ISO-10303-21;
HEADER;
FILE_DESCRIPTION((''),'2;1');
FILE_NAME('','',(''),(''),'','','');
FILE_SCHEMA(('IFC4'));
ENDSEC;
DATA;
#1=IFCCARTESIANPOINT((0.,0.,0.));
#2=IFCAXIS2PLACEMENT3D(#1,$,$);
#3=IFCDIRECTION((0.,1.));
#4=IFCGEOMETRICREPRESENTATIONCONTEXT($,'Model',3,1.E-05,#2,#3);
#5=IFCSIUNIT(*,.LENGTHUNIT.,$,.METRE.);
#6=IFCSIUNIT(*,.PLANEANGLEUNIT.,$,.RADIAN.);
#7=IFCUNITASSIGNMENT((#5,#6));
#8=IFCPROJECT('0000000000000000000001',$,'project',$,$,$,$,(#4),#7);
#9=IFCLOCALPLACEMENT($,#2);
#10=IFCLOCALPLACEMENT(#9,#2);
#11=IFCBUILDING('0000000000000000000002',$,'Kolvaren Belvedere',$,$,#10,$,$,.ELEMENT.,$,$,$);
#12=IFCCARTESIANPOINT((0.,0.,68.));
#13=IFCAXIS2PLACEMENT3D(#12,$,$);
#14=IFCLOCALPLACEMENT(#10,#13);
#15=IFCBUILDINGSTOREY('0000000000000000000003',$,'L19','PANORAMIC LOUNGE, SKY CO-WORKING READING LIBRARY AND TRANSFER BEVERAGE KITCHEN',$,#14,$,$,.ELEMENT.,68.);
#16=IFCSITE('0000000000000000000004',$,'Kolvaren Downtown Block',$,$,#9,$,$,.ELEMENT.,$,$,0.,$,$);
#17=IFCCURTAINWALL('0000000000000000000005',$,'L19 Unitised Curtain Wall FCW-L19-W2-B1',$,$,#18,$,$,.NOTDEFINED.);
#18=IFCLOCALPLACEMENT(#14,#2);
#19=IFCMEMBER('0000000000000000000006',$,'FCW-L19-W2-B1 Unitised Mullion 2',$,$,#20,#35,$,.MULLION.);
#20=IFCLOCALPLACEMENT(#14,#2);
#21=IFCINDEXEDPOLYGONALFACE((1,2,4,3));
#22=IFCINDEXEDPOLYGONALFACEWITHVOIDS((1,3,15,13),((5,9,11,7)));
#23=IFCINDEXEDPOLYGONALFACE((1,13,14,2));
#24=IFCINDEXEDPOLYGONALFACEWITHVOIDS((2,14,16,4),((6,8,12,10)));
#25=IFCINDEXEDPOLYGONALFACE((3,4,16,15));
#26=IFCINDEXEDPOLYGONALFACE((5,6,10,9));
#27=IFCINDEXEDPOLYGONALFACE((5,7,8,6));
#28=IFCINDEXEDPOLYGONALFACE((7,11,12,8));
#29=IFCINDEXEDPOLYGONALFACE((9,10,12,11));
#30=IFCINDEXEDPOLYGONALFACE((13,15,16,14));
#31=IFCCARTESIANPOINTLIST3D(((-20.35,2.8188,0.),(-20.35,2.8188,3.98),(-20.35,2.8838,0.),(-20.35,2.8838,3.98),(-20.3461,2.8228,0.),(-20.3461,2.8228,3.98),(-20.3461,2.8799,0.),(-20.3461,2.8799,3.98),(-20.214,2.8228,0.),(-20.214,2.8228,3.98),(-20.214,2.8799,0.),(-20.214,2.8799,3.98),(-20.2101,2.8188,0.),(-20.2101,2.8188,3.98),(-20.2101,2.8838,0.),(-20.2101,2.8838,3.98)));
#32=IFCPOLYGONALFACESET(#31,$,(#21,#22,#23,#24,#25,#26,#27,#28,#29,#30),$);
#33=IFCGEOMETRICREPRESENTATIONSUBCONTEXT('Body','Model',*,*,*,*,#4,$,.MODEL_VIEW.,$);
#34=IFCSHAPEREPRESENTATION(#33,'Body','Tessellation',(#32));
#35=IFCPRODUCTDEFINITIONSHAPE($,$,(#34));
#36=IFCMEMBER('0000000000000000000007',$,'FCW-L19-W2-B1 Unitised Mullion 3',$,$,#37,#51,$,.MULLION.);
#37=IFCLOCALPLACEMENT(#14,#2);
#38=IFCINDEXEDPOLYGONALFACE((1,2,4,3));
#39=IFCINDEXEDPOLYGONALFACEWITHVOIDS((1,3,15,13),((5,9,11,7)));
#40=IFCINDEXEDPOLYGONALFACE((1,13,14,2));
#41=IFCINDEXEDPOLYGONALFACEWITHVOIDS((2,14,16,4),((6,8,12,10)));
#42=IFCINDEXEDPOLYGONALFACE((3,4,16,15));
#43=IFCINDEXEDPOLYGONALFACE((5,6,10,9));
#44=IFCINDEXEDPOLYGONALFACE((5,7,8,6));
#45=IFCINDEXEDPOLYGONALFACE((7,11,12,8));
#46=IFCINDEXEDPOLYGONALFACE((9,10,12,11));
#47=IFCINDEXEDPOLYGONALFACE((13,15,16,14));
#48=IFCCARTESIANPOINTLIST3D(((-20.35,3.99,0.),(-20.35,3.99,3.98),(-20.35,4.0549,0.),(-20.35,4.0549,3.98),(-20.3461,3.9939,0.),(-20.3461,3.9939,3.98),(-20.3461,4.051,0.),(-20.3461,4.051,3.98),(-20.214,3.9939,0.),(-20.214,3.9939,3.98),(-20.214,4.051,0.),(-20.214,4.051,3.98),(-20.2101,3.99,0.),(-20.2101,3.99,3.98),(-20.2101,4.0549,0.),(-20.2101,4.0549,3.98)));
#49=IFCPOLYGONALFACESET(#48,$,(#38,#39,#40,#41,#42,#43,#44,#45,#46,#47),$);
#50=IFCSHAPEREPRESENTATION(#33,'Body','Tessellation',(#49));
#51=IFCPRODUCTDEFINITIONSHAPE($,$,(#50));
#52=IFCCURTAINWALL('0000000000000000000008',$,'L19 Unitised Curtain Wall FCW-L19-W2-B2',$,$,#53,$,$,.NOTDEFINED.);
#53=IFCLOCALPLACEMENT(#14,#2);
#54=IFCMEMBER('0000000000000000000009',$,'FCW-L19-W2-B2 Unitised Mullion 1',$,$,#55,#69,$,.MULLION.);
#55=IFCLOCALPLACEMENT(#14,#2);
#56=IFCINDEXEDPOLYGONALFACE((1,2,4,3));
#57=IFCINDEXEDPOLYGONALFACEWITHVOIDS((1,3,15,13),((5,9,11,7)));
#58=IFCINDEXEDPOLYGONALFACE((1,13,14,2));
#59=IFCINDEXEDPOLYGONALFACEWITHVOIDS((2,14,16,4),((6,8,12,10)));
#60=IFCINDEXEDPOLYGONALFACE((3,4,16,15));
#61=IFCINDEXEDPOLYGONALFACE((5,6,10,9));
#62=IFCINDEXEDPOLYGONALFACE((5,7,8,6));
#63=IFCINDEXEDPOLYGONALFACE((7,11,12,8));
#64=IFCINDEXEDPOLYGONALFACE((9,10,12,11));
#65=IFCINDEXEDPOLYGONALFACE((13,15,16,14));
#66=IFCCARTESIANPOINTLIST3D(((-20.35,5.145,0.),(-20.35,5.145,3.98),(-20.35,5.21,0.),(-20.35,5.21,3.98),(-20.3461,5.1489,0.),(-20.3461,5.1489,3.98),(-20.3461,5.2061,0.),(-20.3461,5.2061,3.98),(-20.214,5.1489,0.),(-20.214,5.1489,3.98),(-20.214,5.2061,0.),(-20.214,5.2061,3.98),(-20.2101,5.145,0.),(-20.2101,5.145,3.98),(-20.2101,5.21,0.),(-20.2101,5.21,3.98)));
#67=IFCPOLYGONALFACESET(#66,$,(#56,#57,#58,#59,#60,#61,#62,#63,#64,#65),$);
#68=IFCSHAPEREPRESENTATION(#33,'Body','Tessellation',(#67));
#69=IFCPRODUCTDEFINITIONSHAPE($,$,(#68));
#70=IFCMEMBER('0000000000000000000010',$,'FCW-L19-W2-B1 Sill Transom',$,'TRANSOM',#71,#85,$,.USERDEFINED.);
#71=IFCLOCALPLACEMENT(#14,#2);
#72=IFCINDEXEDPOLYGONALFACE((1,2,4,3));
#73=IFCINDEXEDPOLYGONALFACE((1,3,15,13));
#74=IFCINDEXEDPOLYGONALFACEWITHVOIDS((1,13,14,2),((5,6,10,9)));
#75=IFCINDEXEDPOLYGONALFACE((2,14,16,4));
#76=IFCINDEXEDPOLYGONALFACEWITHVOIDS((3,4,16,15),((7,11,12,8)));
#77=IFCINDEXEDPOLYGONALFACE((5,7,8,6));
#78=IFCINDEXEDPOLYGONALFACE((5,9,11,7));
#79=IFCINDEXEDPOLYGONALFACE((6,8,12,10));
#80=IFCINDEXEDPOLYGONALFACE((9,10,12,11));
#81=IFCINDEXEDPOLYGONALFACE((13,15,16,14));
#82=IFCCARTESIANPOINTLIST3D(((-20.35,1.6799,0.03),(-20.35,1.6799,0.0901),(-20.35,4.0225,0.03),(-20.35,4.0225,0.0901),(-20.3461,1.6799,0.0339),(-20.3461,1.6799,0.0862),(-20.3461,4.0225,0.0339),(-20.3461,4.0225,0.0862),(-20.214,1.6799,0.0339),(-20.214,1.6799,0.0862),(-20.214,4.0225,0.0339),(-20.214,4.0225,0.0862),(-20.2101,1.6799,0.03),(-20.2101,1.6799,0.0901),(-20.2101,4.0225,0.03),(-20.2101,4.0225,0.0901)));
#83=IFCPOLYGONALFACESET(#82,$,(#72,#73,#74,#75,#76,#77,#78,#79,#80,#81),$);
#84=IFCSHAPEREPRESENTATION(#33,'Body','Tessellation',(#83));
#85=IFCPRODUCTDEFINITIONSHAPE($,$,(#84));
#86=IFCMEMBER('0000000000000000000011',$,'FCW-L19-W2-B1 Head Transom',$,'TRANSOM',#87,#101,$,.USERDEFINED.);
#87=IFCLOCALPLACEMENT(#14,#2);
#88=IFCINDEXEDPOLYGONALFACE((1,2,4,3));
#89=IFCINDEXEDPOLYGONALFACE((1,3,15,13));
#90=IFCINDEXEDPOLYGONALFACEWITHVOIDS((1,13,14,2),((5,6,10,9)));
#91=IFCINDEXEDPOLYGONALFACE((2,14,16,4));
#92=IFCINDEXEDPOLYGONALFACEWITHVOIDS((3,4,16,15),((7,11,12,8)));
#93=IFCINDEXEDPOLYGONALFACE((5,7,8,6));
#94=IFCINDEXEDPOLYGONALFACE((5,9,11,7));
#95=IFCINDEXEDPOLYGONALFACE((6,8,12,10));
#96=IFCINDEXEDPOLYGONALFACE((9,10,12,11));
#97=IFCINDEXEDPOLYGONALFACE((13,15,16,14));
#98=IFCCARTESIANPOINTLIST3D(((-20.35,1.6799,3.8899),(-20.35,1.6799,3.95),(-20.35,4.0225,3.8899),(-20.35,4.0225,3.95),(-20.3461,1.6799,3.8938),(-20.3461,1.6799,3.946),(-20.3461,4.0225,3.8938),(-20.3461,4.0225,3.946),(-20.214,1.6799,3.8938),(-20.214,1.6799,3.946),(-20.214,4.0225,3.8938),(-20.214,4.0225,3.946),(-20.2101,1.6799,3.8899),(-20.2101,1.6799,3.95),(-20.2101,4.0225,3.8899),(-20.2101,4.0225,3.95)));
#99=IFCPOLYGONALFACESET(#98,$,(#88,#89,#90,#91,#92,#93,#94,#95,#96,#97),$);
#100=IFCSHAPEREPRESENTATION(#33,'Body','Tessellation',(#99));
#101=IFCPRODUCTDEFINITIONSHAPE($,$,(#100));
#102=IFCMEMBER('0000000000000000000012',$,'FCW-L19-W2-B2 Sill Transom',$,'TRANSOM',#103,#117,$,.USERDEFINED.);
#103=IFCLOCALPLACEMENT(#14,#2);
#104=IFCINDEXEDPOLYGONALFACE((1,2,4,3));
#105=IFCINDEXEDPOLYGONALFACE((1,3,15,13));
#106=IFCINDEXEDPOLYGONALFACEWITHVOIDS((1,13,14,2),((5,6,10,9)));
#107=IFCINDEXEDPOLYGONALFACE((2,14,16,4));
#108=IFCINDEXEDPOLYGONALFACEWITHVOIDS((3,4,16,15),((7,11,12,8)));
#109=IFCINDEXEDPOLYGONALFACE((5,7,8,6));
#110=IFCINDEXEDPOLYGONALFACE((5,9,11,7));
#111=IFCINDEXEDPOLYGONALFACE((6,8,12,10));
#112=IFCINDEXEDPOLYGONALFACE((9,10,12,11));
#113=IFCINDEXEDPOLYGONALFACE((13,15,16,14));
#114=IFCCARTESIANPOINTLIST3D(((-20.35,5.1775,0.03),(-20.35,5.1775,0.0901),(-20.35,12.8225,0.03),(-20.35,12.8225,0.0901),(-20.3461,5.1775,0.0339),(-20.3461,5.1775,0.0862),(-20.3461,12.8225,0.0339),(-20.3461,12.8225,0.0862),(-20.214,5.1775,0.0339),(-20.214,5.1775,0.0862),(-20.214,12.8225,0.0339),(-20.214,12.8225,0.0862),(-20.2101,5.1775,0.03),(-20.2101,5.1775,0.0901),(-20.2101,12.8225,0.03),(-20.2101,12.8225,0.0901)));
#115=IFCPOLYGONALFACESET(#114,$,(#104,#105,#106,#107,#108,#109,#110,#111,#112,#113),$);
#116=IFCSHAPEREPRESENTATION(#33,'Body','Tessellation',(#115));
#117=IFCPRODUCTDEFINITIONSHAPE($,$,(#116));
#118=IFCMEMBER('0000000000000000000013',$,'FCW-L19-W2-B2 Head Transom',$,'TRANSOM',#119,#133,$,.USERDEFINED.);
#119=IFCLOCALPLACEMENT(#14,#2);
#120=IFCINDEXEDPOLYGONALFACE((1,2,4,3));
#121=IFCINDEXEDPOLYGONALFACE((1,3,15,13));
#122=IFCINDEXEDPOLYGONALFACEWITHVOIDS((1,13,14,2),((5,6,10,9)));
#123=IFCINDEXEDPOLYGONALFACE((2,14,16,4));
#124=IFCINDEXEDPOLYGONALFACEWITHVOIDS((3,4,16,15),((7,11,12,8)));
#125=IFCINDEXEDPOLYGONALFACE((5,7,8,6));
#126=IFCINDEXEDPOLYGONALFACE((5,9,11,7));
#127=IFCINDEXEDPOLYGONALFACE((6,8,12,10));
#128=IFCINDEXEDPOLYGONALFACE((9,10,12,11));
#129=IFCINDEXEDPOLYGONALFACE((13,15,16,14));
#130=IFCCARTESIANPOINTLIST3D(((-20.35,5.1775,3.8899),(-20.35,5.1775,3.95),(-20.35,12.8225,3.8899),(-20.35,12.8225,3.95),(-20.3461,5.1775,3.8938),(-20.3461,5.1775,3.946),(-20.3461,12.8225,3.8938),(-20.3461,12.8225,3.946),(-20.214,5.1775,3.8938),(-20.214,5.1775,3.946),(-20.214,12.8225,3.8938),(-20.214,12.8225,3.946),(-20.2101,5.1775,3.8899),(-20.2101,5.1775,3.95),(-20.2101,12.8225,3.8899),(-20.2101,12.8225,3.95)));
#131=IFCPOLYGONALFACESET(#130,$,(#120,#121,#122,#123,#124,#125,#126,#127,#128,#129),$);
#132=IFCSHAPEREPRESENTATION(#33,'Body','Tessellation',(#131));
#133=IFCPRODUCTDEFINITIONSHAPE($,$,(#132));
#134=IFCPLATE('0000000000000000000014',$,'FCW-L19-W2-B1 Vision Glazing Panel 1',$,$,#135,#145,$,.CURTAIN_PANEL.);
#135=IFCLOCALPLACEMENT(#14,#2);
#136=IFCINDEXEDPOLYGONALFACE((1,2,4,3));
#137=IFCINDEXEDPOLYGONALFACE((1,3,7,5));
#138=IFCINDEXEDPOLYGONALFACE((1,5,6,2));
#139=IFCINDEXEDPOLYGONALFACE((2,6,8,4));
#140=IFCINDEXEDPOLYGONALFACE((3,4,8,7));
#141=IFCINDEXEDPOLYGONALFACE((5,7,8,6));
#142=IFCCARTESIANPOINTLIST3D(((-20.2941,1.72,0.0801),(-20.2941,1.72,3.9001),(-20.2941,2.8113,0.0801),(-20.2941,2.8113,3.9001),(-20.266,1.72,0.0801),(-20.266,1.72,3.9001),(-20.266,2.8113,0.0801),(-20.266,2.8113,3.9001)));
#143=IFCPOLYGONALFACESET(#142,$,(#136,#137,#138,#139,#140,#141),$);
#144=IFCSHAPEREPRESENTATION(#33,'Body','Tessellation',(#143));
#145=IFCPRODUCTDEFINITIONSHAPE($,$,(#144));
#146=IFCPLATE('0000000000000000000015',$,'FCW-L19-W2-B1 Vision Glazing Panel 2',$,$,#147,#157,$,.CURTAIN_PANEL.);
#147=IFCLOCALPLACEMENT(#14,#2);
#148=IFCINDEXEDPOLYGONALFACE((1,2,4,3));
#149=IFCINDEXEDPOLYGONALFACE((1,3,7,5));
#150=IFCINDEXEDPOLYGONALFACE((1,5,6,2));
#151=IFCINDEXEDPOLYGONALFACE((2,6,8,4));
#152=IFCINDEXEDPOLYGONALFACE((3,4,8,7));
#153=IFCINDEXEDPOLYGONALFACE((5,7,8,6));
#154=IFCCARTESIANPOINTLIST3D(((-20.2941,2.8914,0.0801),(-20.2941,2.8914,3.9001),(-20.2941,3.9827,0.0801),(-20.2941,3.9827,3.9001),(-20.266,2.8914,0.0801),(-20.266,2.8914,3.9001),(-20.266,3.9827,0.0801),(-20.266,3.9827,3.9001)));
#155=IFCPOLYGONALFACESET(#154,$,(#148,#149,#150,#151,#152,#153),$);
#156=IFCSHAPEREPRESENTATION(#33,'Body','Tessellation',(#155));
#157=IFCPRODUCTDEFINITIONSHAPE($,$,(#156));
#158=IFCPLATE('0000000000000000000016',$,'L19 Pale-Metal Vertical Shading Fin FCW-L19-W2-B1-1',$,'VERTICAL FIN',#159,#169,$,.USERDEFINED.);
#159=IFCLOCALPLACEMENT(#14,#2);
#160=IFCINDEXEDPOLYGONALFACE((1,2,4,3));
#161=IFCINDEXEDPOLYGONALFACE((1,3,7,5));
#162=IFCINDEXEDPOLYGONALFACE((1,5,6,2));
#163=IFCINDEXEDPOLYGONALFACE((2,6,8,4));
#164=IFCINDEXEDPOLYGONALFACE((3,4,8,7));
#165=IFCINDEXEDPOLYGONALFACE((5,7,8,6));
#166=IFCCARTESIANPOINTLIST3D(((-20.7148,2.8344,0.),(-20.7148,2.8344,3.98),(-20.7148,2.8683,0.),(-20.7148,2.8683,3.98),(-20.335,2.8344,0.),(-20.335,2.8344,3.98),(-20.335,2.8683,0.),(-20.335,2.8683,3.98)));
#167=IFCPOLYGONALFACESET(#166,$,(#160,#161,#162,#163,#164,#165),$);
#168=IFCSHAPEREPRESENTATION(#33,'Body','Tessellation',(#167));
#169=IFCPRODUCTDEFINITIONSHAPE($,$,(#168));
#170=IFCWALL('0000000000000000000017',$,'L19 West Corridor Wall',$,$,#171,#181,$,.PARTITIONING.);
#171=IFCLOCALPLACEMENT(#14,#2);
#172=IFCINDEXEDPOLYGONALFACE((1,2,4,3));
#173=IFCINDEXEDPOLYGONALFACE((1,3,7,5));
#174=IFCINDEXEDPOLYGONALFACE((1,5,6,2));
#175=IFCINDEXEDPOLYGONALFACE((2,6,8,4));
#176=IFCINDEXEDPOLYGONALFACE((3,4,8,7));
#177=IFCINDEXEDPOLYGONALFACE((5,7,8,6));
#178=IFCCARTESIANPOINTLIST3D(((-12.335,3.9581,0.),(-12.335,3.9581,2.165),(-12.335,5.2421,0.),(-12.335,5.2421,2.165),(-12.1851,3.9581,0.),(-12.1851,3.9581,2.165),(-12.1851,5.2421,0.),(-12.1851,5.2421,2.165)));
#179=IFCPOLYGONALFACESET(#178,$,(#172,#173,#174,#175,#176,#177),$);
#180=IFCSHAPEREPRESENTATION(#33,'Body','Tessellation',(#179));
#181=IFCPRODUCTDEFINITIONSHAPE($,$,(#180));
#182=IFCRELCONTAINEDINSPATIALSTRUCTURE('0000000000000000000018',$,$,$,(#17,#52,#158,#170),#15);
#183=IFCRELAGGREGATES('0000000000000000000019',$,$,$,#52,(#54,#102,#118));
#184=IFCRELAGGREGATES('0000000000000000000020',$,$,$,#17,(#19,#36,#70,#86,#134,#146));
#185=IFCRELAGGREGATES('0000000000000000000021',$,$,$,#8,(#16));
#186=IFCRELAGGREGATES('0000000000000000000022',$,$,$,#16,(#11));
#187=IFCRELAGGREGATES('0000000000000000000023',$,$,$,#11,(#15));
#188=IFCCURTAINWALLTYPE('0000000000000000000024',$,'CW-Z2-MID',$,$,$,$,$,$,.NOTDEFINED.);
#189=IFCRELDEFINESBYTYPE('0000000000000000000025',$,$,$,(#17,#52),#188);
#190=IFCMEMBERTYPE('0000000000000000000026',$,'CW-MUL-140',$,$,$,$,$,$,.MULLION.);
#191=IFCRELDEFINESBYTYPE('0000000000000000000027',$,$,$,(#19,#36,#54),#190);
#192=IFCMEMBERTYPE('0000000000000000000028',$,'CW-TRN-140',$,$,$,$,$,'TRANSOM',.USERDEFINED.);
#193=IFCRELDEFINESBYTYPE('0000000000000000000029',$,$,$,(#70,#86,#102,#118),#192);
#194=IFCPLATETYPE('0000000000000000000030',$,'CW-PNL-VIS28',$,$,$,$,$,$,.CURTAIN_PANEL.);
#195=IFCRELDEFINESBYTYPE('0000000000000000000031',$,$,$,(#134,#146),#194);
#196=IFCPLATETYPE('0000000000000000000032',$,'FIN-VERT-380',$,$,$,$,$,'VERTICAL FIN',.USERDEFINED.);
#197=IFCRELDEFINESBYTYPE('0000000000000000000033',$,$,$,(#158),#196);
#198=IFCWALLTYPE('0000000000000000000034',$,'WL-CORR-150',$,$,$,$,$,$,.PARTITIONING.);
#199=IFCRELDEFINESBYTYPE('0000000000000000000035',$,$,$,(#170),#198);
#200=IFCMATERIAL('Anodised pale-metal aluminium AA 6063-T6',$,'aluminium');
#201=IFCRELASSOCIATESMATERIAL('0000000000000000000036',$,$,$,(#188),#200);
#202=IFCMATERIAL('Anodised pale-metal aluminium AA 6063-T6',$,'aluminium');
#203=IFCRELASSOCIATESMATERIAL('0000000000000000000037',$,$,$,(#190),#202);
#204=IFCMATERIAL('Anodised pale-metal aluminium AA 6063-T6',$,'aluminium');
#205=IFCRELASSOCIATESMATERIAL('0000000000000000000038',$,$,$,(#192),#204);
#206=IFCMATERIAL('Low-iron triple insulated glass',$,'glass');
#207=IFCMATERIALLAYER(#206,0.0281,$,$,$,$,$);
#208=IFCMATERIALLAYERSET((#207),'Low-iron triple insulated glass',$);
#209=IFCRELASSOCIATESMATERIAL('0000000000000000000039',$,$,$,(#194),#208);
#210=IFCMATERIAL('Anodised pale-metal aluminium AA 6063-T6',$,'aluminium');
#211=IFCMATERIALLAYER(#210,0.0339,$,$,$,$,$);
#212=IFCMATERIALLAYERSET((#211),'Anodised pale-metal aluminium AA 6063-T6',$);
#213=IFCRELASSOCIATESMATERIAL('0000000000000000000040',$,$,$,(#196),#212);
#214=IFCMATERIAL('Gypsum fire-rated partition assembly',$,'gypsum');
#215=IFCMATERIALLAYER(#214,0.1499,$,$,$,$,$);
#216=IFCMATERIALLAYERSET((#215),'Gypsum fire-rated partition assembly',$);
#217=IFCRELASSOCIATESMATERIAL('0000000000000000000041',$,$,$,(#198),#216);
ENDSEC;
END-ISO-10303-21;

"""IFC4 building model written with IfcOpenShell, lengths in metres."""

from ifc_helpers import new_model, si_unit, direction, frame, frame_2d, origin, origin_2d, place, context, subcontext, project, spatial, rectangle, hollow_rectangle, extrude, material, layer, layer_set, material_profile, profile_set, type_object, element, aggregate, save


model = new_model("IFC4")

# Units and contexts
model_context = context("Model", 3, precision=1e-05, world=origin(), true_north=direction((0.0, 1.0)))
body_context = subcontext(model_context, "Body", "Model", "MODEL_VIEW")
ifc_project = project(units=[si_unit("LENGTHUNIT", "METRE"), si_unit("PLANEANGLEUNIT", "RADIAN")], contexts=[model_context])

# Site, building, storey
site_placement = place(None, origin())
site = spatial("IfcSite", under=ifc_project, at=site_placement, Name="Kolvaren Downtown Block", CompositionType="ELEMENT", RefElevation=0.0)
building_placement = place(site_placement, origin())
building = spatial("IfcBuilding", under=site, at=building_placement, Name="Kolvaren Belvedere", CompositionType="ELEMENT")
storey_placement = place(building_placement, frame((0.0, 0.0, 68.0)))
storey = spatial("IfcBuildingStorey", under=building, at=storey_placement, Name="L19", Description="PANORAMIC LOUNGE, SKY CO-WORKING READING LIBRARY AND TRANSFER BEVERAGE KITCHEN", CompositionType="ELEMENT", Elevation=68.0)

# Curtain wall, members
ifc_material_1 = material(Name="Anodised pale-metal aluminium AA 6063-T6", Category="aluminium")
curtain_wall_type = type_object("IfcCurtainWallType", Name="CW-Z2-MID", PredefinedType="NOTDEFINED", material=ifc_material_1)
curtain_wall_1_placement = place(storey_placement, origin())
curtain_wall_1 = element("IfcCurtainWall", 1, at=curtain_wall_1_placement, inside=storey, type_object=curtain_wall_type, Name="L19 Unitised Curtain Wall FCW-L19-W2-B1", PredefinedType="NOTDEFINED")
ifc_material_2 = material(Name="Anodised pale-metal aluminium AA 6063-T6", Category="aluminium")
ifc_material_profile_1 = material_profile(ifc_material_2, hollow_rectangle(XDim=0.0649, YDim=0.1399, WallThickness=0.0039, at=origin_2d()), Name="ALU-MUL-140X65")
ifc_profile_set_1 = profile_set([ifc_material_profile_1], Name="Anodised pale-metal aluminium AA 6063-T6")
member_type_1 = type_object("IfcMemberType", Name="CW-MUL-140", PredefinedType="MULLION", material=ifc_profile_set_1)
member_1_placement = place(storey_placement, frame((-20.28, 2.8513, 0.0), z_axis=(0.0, 0.0, 1.0), x_axis=(0.0, 1.0, 0.0)))
member_1 = element("IfcMember", 2, at=member_1_placement, type_object=member_type_1, Name="FCW-L19-W2-B1 Unitised Mullion 2", PredefinedType="MULLION", context=body_context, shape_type="SweptSolid", body=[
    extrude(hollow_rectangle(XDim=0.0649, YDim=0.1399, WallThickness=0.0039, at=origin_2d()), origin(), (0.0, 0.0, 1.0), 3.98),
])
member_2_placement = place(storey_placement, frame((-20.28, 4.0225, 0.0), z_axis=(0.0, 0.0, 1.0), x_axis=(0.0, 1.0, 0.0)))
member_2 = element("IfcMember", 3, at=member_2_placement, type_object=member_type_1, Name="FCW-L19-W2-B1 Unitised Mullion 3", PredefinedType="MULLION", context=body_context, shape_type="SweptSolid", body=[
    extrude(hollow_rectangle(XDim=0.0649, YDim=0.1399, WallThickness=0.0039, at=origin_2d()), origin(), (0.0, 0.0, 1.0), 3.98),
])

# Curtain wall, member
curtain_wall_2_placement = place(storey_placement, origin())
curtain_wall_2 = element("IfcCurtainWall", 4, at=curtain_wall_2_placement, inside=storey, type_object=curtain_wall_type, Name="L19 Unitised Curtain Wall FCW-L19-W2-B2", PredefinedType="NOTDEFINED")
member_3_placement = place(storey_placement, frame((-20.28, 5.1775, 0.0), z_axis=(0.0, 0.0, 1.0), x_axis=(0.0, 1.0, 0.0)))
member_3 = element("IfcMember", 5, at=member_3_placement, type_object=member_type_1, Name="FCW-L19-W2-B2 Unitised Mullion 1", PredefinedType="MULLION", context=body_context, shape_type="SweptSolid", body=[
    extrude(hollow_rectangle(XDim=0.0649, YDim=0.1399, WallThickness=0.0039, at=origin_2d()), origin(), (0.0, 0.0, 1.0), 3.98),
])

# Members
ifc_material_3 = material(Name="Anodised pale-metal aluminium AA 6063-T6", Category="aluminium")
ifc_material_profile_2 = material_profile(ifc_material_3, hollow_rectangle(XDim=0.0601, YDim=0.1399, WallThickness=0.0039, at=origin_2d()), Name="ALU-TRN-140X60")
ifc_profile_set_2 = profile_set([ifc_material_profile_2], Name="Anodised pale-metal aluminium AA 6063-T6")
member_type_2 = type_object("IfcMemberType", Name="CW-TRN-140", ElementType="TRANSOM", PredefinedType="USERDEFINED", material=ifc_profile_set_2)
member_4_placement = place(storey_placement, frame((-20.28, 1.6799, 0.0601), z_axis=(0.0, 1.0, 0.0), x_axis=(0.0, 0.0, 1.0)))
member_4 = element("IfcMember", 6, at=member_4_placement, type_object=member_type_2, Name="FCW-L19-W2-B1 Sill Transom", ObjectType="TRANSOM", PredefinedType="USERDEFINED", context=body_context, shape_type="SweptSolid", body=[
    extrude(hollow_rectangle(XDim=0.0601, YDim=0.1399, WallThickness=0.0039, at=origin_2d()), origin(), (0.0, 0.0, 1.0), 2.3425),
])
member_5_placement = place(storey_placement, frame((-20.28, 1.6799, 3.9199), z_axis=(0.0, 1.0, 0.0), x_axis=(0.0, 0.0, 1.0)))
member_5 = element("IfcMember", 7, at=member_5_placement, type_object=member_type_2, Name="FCW-L19-W2-B1 Head Transom", ObjectType="TRANSOM", PredefinedType="USERDEFINED", context=body_context, shape_type="SweptSolid", body=[
    extrude(hollow_rectangle(XDim=0.0601, YDim=0.1399, WallThickness=0.0039, at=origin_2d()), origin(), (0.0, 0.0, 1.0), 2.3425),
])
member_6_placement = place(storey_placement, frame((-20.28, 5.1775, 0.0601), z_axis=(0.0, 1.0, 0.0), x_axis=(0.0, 0.0, 1.0)))
member_6 = element("IfcMember", 8, at=member_6_placement, type_object=member_type_2, Name="FCW-L19-W2-B2 Sill Transom", ObjectType="TRANSOM", PredefinedType="USERDEFINED", context=body_context, shape_type="SweptSolid", body=[
    extrude(hollow_rectangle(XDim=0.0601, YDim=0.1399, WallThickness=0.0039, at=origin_2d()), origin(), (0.0, 0.0, 1.0), 7.645),
])
member_7_placement = place(storey_placement, frame((-20.28, 5.1775, 3.9199), z_axis=(0.0, 1.0, 0.0), x_axis=(0.0, 0.0, 1.0)))
member_7 = element("IfcMember", 9, at=member_7_placement, type_object=member_type_2, Name="FCW-L19-W2-B2 Head Transom", ObjectType="TRANSOM", PredefinedType="USERDEFINED", context=body_context, shape_type="SweptSolid", body=[
    extrude(hollow_rectangle(XDim=0.0601, YDim=0.1399, WallThickness=0.0039, at=origin_2d()), origin(), (0.0, 0.0, 1.0), 7.645),
])
aggregate(curtain_wall_2, [member_3, member_6, member_7])

# Plates
ifc_material_4 = material(Name="Low-iron triple insulated glass", Category="glass")
ifc_layer_1 = layer(ifc_material_4, 0.0281)
ifc_layer_set_1 = layer_set([ifc_layer_1], Name="Low-iron triple insulated glass")
plate_type_1 = type_object("IfcPlateType", Name="CW-PNL-VIS28", PredefinedType="CURTAIN_PANEL", material=ifc_layer_set_1)
plate_1_placement = place(storey_placement, frame((-20.28, 2.2656, 0.0801), z_axis=(0.0, 0.0, 1.0), x_axis=(0.0, 1.0, 0.0)))
plate_1 = element("IfcPlate", 10, at=plate_1_placement, type_object=plate_type_1, Name="FCW-L19-W2-B1 Vision Glazing Panel 1", PredefinedType="CURTAIN_PANEL", context=body_context, shape_type="SweptSolid", body=[
    extrude(rectangle(XDim=1.0913, YDim=0.0281, at=origin_2d()), origin(), (0.0, 0.0, 1.0), 3.8201),
])
plate_2_placement = place(storey_placement, frame((-20.28, 3.437, 0.0801), z_axis=(0.0, 0.0, 1.0), x_axis=(0.0, 1.0, 0.0)))
plate_2 = element("IfcPlate", 11, at=plate_2_placement, type_object=plate_type_1, Name="FCW-L19-W2-B1 Vision Glazing Panel 2", PredefinedType="CURTAIN_PANEL", context=body_context, shape_type="SweptSolid", body=[
    extrude(rectangle(XDim=1.0913, YDim=0.0281, at=origin_2d()), origin(), (0.0, 0.0, 1.0), 3.8201),
])
aggregate(curtain_wall_1, [member_1, member_2, member_4, member_5, plate_1, plate_2])
ifc_material_5 = material(Name="Anodised pale-metal aluminium AA 6063-T6", Category="aluminium")
ifc_layer_2 = layer(ifc_material_5, 0.0339)
ifc_layer_set_2 = layer_set([ifc_layer_2], Name="Anodised pale-metal aluminium AA 6063-T6")
plate_type_2 = type_object("IfcPlateType", Name="FIN-VERT-380", ElementType="VERTICAL FIN", PredefinedType="USERDEFINED", material=ifc_layer_set_2)
plate_3_placement = place(storey_placement, frame((-20.5249, 2.8513, 0.0), z_axis=(0.0, 0.0, 1.0), x_axis=(1.0, 0.0, 0.0)))
element("IfcPlate", 12, at=plate_3_placement, inside=storey, type_object=plate_type_2, Name="L19 Pale-Metal Vertical Shading Fin FCW-L19-W2-B1-1", ObjectType="VERTICAL FIN", PredefinedType="USERDEFINED", context=body_context, shape_type="SweptSolid", body=[
    extrude(rectangle(XDim=0.3799, YDim=0.0339, at=origin_2d()), origin(), (0.0, 0.0, 1.0), 3.98),
])

# Wall
ifc_material_6 = material(Name="Gypsum fire-rated partition assembly", Category="gypsum")
ifc_layer_3 = layer(ifc_material_6, 0.1499)
ifc_layer_set_3 = layer_set([ifc_layer_3], Name="Gypsum fire-rated partition assembly")
wall_type_1 = type_object("IfcWallType", Name="WL-CORR-150", PredefinedType="PARTITIONING", material=ifc_layer_set_3)
wall_1_placement = place(storey_placement, frame((-12.26, 3.958, 0.0), z_axis=(0.0, 0.0, 1.0), x_axis=(0.0, 1.0, 0.0)))
element("IfcWall", 13, at=wall_1_placement, inside=storey, type_object=wall_type_1, Name="L19 West Corridor Wall", PredefinedType="PARTITIONING", context=body_context, shape_type="SweptSolid", body=[
    extrude(rectangle(XDim=1.2839, YDim=0.1499, at=frame_2d((0.6421, 0.0))), origin(), (0.0, 0.0, 1.0), 2.165),
])

save(model, "model.ifc")
